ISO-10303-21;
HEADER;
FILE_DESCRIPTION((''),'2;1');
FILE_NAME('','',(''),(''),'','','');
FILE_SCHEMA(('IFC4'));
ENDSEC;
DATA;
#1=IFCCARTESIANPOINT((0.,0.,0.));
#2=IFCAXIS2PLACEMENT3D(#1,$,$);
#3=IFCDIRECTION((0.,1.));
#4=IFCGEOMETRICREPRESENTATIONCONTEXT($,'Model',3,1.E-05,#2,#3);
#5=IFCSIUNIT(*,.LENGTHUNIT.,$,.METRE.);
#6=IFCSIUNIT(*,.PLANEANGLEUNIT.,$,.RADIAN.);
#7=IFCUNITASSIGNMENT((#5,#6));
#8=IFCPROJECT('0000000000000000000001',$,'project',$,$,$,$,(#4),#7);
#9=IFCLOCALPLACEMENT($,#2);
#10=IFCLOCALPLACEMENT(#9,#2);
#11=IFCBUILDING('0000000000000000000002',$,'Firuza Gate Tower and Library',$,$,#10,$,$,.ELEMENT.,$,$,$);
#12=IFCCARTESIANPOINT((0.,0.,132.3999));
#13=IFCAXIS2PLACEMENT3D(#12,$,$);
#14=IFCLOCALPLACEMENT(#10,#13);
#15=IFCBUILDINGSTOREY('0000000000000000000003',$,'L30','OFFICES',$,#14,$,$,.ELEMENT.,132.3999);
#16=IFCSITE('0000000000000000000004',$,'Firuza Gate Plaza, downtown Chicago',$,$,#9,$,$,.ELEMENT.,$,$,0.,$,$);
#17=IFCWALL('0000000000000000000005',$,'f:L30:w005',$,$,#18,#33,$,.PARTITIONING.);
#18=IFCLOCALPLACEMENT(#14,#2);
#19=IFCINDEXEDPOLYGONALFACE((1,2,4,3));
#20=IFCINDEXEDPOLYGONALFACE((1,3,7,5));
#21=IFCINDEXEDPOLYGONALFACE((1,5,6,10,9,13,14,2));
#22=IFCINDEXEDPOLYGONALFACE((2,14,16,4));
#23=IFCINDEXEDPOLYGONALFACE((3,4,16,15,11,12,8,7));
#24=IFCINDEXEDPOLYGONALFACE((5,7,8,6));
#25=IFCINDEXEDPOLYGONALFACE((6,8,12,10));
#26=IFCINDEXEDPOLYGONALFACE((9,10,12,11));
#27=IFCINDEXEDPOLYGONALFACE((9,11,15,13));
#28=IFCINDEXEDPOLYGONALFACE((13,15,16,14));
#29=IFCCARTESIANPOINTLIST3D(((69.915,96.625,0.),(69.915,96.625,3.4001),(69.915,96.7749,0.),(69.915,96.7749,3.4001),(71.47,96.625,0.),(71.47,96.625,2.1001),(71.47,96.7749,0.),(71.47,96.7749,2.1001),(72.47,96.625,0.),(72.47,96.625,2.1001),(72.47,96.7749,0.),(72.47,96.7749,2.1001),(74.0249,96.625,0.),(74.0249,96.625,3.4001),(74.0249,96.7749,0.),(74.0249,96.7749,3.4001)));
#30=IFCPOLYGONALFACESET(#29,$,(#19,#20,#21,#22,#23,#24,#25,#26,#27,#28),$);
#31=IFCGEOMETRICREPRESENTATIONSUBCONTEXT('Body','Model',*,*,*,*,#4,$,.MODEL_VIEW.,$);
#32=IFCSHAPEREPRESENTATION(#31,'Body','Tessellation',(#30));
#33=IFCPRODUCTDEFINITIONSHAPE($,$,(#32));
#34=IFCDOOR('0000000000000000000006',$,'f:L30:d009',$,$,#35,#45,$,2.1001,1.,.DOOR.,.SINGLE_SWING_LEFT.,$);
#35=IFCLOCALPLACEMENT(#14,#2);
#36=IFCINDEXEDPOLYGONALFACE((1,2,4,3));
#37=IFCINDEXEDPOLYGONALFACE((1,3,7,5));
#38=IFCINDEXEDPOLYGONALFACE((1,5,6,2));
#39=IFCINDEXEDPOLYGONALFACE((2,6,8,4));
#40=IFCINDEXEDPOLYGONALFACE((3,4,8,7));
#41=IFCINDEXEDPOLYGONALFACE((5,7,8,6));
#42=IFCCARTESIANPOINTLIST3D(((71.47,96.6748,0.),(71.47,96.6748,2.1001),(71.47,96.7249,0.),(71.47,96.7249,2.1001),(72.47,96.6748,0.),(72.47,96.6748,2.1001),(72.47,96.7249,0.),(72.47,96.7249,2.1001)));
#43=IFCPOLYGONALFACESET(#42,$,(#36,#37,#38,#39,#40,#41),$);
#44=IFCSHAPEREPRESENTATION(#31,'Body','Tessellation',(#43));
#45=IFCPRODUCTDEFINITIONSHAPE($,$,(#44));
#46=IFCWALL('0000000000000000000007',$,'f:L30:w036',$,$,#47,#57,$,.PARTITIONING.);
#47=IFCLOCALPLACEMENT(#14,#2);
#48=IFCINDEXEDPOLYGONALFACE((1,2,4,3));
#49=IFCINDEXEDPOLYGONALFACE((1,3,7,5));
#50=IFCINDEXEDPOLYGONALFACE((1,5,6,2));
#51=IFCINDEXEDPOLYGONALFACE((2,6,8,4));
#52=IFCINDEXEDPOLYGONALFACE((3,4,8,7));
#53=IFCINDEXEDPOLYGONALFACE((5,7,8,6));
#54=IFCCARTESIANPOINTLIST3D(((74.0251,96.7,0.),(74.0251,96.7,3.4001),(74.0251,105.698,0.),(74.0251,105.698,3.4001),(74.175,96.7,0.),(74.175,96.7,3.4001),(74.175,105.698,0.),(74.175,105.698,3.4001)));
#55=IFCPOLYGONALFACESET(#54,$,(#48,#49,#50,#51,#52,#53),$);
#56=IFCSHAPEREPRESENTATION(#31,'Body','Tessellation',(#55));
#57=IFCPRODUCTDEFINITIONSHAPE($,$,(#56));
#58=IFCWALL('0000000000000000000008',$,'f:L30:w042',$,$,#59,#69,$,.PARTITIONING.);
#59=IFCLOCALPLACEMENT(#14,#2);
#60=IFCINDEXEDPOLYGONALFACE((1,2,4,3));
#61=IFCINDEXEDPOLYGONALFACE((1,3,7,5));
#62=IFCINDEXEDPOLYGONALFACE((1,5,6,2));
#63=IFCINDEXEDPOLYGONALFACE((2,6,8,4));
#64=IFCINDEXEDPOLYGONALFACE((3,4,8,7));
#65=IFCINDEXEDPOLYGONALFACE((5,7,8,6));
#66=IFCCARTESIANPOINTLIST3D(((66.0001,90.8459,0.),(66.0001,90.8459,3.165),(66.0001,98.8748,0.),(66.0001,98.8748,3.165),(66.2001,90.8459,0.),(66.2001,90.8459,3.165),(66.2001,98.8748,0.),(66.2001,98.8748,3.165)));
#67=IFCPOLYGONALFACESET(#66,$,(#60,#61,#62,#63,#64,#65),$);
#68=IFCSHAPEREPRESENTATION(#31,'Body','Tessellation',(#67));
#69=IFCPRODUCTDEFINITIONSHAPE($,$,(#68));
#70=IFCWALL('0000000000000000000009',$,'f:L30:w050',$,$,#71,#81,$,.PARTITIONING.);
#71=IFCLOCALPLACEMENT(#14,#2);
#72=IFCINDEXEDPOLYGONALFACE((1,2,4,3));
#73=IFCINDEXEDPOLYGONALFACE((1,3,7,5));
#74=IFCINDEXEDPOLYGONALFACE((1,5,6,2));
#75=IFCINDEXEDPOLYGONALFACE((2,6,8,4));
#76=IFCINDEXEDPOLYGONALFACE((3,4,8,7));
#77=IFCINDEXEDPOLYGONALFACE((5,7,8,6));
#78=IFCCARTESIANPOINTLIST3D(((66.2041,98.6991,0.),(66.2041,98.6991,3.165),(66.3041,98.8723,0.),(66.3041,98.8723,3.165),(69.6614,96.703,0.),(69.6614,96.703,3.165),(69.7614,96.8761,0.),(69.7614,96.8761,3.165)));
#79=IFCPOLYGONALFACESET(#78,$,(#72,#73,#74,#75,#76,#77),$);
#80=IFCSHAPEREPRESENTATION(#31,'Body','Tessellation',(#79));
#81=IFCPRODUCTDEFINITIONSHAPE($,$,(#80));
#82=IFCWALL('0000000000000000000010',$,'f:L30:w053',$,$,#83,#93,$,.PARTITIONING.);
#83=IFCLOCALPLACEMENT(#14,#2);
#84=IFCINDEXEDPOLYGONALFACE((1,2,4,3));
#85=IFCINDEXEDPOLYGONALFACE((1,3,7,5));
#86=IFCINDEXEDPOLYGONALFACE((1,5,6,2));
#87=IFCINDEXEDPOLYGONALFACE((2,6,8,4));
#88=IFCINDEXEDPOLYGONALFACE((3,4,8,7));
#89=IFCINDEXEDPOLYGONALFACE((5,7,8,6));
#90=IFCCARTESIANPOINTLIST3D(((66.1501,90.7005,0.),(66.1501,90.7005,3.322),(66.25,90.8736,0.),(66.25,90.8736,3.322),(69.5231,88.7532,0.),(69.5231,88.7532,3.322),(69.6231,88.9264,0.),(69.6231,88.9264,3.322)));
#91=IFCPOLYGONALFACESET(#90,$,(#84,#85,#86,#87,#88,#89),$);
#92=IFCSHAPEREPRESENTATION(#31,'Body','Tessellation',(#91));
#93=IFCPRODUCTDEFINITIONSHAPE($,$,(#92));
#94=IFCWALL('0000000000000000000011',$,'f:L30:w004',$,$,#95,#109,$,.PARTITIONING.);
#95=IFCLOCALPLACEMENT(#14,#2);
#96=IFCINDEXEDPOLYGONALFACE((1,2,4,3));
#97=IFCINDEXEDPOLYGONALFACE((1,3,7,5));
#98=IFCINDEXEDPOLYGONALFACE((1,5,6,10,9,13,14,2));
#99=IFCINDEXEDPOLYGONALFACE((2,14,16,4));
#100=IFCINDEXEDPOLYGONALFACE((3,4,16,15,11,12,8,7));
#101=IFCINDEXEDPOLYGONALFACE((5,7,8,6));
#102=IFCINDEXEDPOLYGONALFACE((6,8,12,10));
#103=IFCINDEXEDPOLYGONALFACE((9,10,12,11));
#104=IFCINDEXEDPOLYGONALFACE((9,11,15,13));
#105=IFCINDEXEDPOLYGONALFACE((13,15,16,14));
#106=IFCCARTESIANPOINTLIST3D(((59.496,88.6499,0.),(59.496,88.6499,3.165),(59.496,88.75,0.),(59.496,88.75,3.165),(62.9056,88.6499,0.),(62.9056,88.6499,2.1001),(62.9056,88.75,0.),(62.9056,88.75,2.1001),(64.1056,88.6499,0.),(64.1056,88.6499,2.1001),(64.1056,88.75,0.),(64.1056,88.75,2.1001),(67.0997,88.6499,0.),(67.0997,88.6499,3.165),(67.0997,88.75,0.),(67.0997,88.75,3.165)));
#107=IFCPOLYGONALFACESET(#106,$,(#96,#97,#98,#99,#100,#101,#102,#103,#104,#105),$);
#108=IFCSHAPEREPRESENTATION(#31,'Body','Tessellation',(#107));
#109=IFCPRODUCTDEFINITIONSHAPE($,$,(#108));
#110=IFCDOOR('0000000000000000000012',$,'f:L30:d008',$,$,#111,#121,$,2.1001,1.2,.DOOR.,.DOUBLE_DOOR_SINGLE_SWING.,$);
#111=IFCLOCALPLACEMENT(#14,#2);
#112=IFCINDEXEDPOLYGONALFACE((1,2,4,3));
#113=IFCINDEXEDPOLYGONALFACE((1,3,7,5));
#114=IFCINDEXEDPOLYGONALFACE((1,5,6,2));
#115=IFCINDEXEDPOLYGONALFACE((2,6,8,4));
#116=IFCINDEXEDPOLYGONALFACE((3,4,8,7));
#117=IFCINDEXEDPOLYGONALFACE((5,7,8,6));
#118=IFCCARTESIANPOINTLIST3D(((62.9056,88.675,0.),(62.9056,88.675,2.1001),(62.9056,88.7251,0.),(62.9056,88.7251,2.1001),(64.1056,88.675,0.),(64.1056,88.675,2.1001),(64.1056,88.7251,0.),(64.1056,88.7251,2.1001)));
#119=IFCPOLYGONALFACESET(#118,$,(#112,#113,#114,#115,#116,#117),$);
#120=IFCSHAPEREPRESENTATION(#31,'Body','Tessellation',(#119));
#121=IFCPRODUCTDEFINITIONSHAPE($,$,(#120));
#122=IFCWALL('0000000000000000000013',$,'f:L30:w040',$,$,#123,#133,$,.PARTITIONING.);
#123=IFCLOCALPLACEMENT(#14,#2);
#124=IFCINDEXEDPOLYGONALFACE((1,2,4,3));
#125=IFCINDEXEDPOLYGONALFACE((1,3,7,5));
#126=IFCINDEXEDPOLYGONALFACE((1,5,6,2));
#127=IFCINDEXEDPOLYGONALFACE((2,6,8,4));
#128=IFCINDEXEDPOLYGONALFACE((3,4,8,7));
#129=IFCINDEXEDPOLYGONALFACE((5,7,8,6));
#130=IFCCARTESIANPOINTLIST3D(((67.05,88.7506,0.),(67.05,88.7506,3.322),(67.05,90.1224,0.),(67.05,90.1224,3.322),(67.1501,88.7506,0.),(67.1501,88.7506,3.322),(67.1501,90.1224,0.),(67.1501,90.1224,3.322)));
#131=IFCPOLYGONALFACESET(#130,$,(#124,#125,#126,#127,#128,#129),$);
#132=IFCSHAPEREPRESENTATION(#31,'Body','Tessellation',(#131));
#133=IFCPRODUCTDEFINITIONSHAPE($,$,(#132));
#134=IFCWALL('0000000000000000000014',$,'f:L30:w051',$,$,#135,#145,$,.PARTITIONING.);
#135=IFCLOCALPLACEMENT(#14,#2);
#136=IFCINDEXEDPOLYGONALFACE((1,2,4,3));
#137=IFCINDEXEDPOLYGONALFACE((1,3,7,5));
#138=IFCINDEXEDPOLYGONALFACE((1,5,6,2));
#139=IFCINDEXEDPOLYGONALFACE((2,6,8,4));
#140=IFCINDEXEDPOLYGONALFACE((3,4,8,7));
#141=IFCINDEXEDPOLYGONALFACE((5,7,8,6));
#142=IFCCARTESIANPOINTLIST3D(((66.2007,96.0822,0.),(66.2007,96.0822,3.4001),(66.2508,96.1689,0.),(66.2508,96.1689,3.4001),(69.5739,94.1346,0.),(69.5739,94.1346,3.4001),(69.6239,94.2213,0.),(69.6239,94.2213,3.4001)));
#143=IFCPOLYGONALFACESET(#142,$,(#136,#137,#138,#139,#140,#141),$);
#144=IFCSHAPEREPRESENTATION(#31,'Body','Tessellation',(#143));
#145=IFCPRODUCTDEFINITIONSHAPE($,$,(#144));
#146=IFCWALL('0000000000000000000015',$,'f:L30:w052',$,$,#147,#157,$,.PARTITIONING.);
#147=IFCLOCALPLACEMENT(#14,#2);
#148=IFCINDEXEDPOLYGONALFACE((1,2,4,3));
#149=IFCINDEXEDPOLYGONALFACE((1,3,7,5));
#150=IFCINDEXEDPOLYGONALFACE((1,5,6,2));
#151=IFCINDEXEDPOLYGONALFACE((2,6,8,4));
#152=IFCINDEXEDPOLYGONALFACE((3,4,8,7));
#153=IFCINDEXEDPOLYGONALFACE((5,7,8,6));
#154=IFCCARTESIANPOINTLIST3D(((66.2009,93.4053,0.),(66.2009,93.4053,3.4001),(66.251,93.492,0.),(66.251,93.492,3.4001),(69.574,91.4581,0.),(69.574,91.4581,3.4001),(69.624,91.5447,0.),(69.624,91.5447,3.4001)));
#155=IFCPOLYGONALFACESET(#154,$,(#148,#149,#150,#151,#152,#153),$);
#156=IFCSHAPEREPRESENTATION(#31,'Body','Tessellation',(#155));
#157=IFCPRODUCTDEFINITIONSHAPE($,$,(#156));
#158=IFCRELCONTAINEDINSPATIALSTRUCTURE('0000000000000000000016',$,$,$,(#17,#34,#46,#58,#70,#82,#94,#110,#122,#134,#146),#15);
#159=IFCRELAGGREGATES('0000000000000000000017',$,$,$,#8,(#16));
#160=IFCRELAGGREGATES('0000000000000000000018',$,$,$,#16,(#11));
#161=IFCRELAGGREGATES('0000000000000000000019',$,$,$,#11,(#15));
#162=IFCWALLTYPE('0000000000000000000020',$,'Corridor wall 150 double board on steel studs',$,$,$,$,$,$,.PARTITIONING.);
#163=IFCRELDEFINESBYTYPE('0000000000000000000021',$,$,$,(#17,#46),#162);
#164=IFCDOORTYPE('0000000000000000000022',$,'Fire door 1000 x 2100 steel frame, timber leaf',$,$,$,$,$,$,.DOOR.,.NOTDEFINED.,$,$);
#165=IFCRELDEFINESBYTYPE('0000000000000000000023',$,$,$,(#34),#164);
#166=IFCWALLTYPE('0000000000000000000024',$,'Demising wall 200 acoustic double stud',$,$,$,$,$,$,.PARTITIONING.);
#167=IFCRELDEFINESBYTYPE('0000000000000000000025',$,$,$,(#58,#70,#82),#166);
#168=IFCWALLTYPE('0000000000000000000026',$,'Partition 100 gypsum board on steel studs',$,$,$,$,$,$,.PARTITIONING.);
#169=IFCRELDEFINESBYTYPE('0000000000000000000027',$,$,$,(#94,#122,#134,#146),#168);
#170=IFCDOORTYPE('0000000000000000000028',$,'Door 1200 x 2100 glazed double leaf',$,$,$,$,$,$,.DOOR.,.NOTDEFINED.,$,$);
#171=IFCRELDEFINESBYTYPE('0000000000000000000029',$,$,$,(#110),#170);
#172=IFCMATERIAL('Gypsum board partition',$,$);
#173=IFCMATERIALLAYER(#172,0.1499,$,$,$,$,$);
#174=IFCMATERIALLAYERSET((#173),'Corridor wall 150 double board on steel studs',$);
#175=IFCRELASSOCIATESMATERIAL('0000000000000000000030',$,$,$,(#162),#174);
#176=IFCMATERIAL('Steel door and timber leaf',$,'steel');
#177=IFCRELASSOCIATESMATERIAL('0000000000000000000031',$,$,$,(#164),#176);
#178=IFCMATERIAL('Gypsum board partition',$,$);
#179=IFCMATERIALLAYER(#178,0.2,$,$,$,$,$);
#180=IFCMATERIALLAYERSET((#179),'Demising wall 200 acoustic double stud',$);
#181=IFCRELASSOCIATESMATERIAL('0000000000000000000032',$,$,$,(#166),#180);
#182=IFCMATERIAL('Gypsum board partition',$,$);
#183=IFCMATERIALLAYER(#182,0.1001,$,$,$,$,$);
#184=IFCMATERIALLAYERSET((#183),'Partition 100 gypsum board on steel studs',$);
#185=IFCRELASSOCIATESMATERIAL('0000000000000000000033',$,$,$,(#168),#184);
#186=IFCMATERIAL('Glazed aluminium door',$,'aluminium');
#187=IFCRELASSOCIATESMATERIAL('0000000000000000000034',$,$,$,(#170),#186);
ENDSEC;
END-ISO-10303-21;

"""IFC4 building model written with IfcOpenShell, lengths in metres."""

from ifc_helpers import new_model, si_unit, direction, frame, frame_2d, origin, place, context, subcontext, project, spatial, rectangle, extrude, material, layer, layer_set, type_object, element, fill, save


model = new_model("IFC4")

# Units and contexts
model_context = context("Model", 3, precision=1e-05, world=origin(), true_north=direction((0.0, 1.0)))
body_context = subcontext(model_context, "Body", "Model", "MODEL_VIEW")
ifc_project = project(units=[si_unit("LENGTHUNIT", "METRE"), si_unit("PLANEANGLEUNIT", "RADIAN")], contexts=[model_context])

# Site, building, storey
site_placement = place(None, origin())
site = spatial("IfcSite", under=ifc_project, at=site_placement, Name="Firuza Gate Plaza, downtown Chicago", CompositionType="ELEMENT", RefElevation=0.0)
building_placement = place(site_placement, origin())
building = spatial("IfcBuilding", under=site, at=building_placement, Name="Firuza Gate Tower and Library", CompositionType="ELEMENT")
storey_placement = place(building_placement, frame((0.0, 0.0, 132.3999)))
storey = spatial("IfcBuildingStorey", under=building, at=storey_placement, Name="L30", Description="OFFICES", CompositionType="ELEMENT", Elevation=132.3999)

# Wall, opening, door
ifc_material_1 = material(Name="Gypsum board partition")
ifc_layer_1 = layer(ifc_material_1, 0.1499)
ifc_layer_set_1 = layer_set([ifc_layer_1], Name="Corridor wall 150 double board on steel studs")
wall_type_1 = type_object("IfcWallType", Name="Corridor wall 150 double board on steel studs", PredefinedType="PARTITIONING", material=ifc_layer_set_1)
wall_1_placement = place(storey_placement, frame((69.915, 96.7, 0.0), z_axis=(0.0, 0.0, 1.0), x_axis=(1.0, 0.0, 0.0)))
wall_1 = element("IfcWall", 1, at=wall_1_placement, inside=storey, type_object=wall_type_1, Name="f:L30:w005", PredefinedType="PARTITIONING", context=body_context, shape_type="SweptSolid", body=[
    extrude(rectangle(XDim=4.1099, YDim=0.1499, at=frame_2d((2.0549, 0.0))), origin(), (0.0, 0.0, 1.0), 3.4001),
])
opening_1_placement = place(wall_1_placement, frame((1.5549, 0.0, 0.0)))
opening_1 = element("IfcOpeningElement", 2, at=opening_1_placement, cuts=wall_1, PredefinedType="OPENING", context=body_context, shape_type="SweptSolid", body=[
    extrude(rectangle(XDim=1.0, YDim=2.1001, at=frame_2d((0.5, 1.05))), frame((0.0, 0.085, 0.0), z_axis=(0.0, -1.0, 0.0), x_axis=(1.0, 0.0, 0.0)), (0.0, 0.0, 1.0), 0.1699),
])
ifc_material_2 = material(Name="Steel door and timber leaf", Category="steel")
door_type_1 = type_object("IfcDoorType", Name="Fire door 1000 x 2100 steel frame, timber leaf", OperationType="NOTDEFINED", PredefinedType="DOOR", material=ifc_material_2)
door_1_placement = place(opening_1_placement, origin())
door_1 = element("IfcDoor", 3, at=door_1_placement, inside=storey, type_object=door_type_1, Name="f:L30:d009", OperationType="SINGLE_SWING_LEFT", OverallHeight=2.1001, OverallWidth=1.0, PredefinedType="DOOR", context=body_context, shape_type="SweptSolid", body=[
    extrude(rectangle(XDim=1.0, YDim=2.1001, at=frame_2d((0.5, 1.05))), frame((0.0, 0.0249, 0.0), z_axis=(0.0, -1.0, 0.0), x_axis=(1.0, 0.0, 0.0)), (0.0, 0.0, 1.0), 0.05),
])
fill(opening_1, door_1)

# Walls
wall_2_placement = place(storey_placement, frame((74.1001, 96.7, 0.0), z_axis=(0.0, 0.0, 1.0), x_axis=(0.0, 1.0, 0.0)))
element("IfcWall", 4, at=wall_2_placement, inside=storey, type_object=wall_type_1, Name="f:L30:w036", PredefinedType="PARTITIONING", context=body_context, shape_type="SweptSolid", body=[
    extrude(rectangle(XDim=8.998, YDim=0.1499, at=frame_2d((4.499, 0.0))), origin(), (0.0, 0.0, 1.0), 3.4001),
])
ifc_material_3 = material(Name="Gypsum board partition")
ifc_layer_2 = layer(ifc_material_3, 0.2)
ifc_layer_set_2 = layer_set([ifc_layer_2], Name="Demising wall 200 acoustic double stud")
wall_type_2 = type_object("IfcWallType", Name="Demising wall 200 acoustic double stud", PredefinedType="PARTITIONING", material=ifc_layer_set_2)
wall_3_placement = place(storey_placement, frame((66.1001, 90.8459, 0.0), z_axis=(0.0, 0.0, 1.0), x_axis=(0.0, 1.0, 0.0)))
element("IfcWall", 5, at=wall_3_placement, inside=storey, type_object=wall_type_2, Name="f:L30:w042", PredefinedType="PARTITIONING", context=body_context, shape_type="SweptSolid", body=[
    extrude(rectangle(XDim=8.0288, YDim=0.2, at=frame_2d((4.0144, 0.0))), origin(), (0.0, 0.0, 1.0), 3.165),
])
wall_4_placement = place(storey_placement, frame((69.7114, 96.7896, 0.0), z_axis=(0.0, 0.0, 1.0), x_axis=(-0.866022, 0.500007, 0.0)))
element("IfcWall", 6, at=wall_4_placement, inside=storey, type_object=wall_type_2, Name="f:L30:w050", PredefinedType="PARTITIONING", context=body_context, shape_type="SweptSolid", body=[
    extrude(rectangle(XDim=3.9922, YDim=0.2, at=frame_2d((1.9961, 0.0))), origin(), (0.0, 0.0, 1.0), 3.165),
])
wall_5_placement = place(storey_placement, frame((69.573, 88.8398, 0.0), z_axis=(0.0, 0.0, 1.0), x_axis=(-0.866044, 0.499968, 0.0)))
element("IfcWall", 7, at=wall_5_placement, inside=storey, type_object=wall_type_2, Name="f:L30:w053", PredefinedType="PARTITIONING", context=body_context, shape_type="SweptSolid", body=[
    extrude(rectangle(XDim=3.8948, YDim=0.2, at=frame_2d((1.9473, 0.0))), origin(), (0.0, 0.0, 1.0), 3.322),
])

# Wall, opening, door
ifc_material_4 = material(Name="Gypsum board partition")
ifc_layer_3 = layer(ifc_material_4, 0.1001)
ifc_layer_set_3 = layer_set([ifc_layer_3], Name="Partition 100 gypsum board on steel studs")
wall_type_3 = type_object("IfcWallType", Name="Partition 100 gypsum board on steel studs", PredefinedType="PARTITIONING", material=ifc_layer_set_3)
wall_6_placement = place(storey_placement, frame((67.0996, 88.7, 0.0), z_axis=(0.0, 0.0, 1.0), x_axis=(-1.0, 0.0, 0.0)))
wall_6 = element("IfcWall", 8, at=wall_6_placement, inside=storey, type_object=wall_type_3, Name="f:L30:w004", PredefinedType="PARTITIONING", context=body_context, shape_type="SweptSolid", body=[
    extrude(rectangle(XDim=7.6038, YDim=0.1001, at=frame_2d((3.8018, 0.0))), origin(), (0.0, 0.0, 1.0), 3.165),
])
opening_2_placement = place(wall_6_placement, frame((2.9939, 0.0, 0.0)))
opening_2 = element("IfcOpeningElement", 9, at=opening_2_placement, cuts=wall_6, PredefinedType="OPENING", context=body_context, shape_type="SweptSolid", body=[
    extrude(rectangle(XDim=1.2, YDim=2.1001, at=frame_2d((0.6001, 1.05))), frame((0.0, 0.0601, 0.0), z_axis=(0.0, -1.0, 0.0), x_axis=(1.0, 0.0, 0.0)), (0.0, 0.0, 1.0), 0.1201),
])
ifc_material_5 = material(Name="Glazed aluminium door", Category="aluminium")
door_type_2 = type_object("IfcDoorType", Name="Door 1200 x 2100 glazed double leaf", OperationType="NOTDEFINED", PredefinedType="DOOR", material=ifc_material_5)
door_2_placement = place(opening_2_placement, origin())
door_2 = element("IfcDoor", 10, at=door_2_placement, inside=storey, type_object=door_type_2, Name="f:L30:d008", OperationType="DOUBLE_DOOR_SINGLE_SWING", OverallHeight=2.1001, OverallWidth=1.2, PredefinedType="DOOR", context=body_context, shape_type="SweptSolid", body=[
    extrude(rectangle(XDim=1.2, YDim=2.1001, at=frame_2d((0.6001, 1.05))), frame((0.0, 0.0249, 0.0), z_axis=(0.0, -1.0, 0.0), x_axis=(1.0, 0.0, 0.0)), (0.0, 0.0, 1.0), 0.05),
])
fill(opening_2, door_2)

# Walls
wall_7_placement = place(storey_placement, frame((67.1001, 88.7505, 0.0), z_axis=(0.0, 0.0, 1.0), x_axis=(0.0, 1.0, 0.0)))
element("IfcWall", 11, at=wall_7_placement, inside=storey, type_object=wall_type_3, Name="f:L30:w040", PredefinedType="PARTITIONING", context=body_context, shape_type="SweptSolid", body=[
    extrude(rectangle(XDim=1.3718, YDim=0.1001, at=frame_2d((0.686, 0.0))), origin(), (0.0, 0.0, 1.0), 3.322),
])
wall_8_placement = place(storey_placement, frame((69.5989, 94.178, 0.0), z_axis=(0.0, 0.0, 1.0), x_axis=(-0.866016, 0.500015, 0.0)))
element("IfcWall", 12, at=wall_8_placement, inside=storey, type_object=wall_type_3, Name="f:L30:w051", PredefinedType="PARTITIONING", context=body_context, shape_type="SweptSolid", body=[
    extrude(rectangle(XDim=3.895, YDim=0.1001, at=frame_2d((1.9475, 0.0))), origin(), (0.0, 0.0, 1.0), 3.4001),
])
wall_9_placement = place(storey_placement, frame((69.5989, 91.5015, 0.0), z_axis=(0.0, 0.0, 1.0), x_axis=(-0.866044, 0.499968, 0.0)))
element("IfcWall", 13, at=wall_9_placement, inside=storey, type_object=wall_type_3, Name="f:L30:w052", PredefinedType="PARTITIONING", context=body_context, shape_type="SweptSolid", body=[
    extrude(rectangle(XDim=3.8948, YDim=0.1001, at=frame_2d((1.9473, 0.0))), origin(), (0.0, 0.0, 1.0), 3.4001),
])

save(model, "model.ifc")
